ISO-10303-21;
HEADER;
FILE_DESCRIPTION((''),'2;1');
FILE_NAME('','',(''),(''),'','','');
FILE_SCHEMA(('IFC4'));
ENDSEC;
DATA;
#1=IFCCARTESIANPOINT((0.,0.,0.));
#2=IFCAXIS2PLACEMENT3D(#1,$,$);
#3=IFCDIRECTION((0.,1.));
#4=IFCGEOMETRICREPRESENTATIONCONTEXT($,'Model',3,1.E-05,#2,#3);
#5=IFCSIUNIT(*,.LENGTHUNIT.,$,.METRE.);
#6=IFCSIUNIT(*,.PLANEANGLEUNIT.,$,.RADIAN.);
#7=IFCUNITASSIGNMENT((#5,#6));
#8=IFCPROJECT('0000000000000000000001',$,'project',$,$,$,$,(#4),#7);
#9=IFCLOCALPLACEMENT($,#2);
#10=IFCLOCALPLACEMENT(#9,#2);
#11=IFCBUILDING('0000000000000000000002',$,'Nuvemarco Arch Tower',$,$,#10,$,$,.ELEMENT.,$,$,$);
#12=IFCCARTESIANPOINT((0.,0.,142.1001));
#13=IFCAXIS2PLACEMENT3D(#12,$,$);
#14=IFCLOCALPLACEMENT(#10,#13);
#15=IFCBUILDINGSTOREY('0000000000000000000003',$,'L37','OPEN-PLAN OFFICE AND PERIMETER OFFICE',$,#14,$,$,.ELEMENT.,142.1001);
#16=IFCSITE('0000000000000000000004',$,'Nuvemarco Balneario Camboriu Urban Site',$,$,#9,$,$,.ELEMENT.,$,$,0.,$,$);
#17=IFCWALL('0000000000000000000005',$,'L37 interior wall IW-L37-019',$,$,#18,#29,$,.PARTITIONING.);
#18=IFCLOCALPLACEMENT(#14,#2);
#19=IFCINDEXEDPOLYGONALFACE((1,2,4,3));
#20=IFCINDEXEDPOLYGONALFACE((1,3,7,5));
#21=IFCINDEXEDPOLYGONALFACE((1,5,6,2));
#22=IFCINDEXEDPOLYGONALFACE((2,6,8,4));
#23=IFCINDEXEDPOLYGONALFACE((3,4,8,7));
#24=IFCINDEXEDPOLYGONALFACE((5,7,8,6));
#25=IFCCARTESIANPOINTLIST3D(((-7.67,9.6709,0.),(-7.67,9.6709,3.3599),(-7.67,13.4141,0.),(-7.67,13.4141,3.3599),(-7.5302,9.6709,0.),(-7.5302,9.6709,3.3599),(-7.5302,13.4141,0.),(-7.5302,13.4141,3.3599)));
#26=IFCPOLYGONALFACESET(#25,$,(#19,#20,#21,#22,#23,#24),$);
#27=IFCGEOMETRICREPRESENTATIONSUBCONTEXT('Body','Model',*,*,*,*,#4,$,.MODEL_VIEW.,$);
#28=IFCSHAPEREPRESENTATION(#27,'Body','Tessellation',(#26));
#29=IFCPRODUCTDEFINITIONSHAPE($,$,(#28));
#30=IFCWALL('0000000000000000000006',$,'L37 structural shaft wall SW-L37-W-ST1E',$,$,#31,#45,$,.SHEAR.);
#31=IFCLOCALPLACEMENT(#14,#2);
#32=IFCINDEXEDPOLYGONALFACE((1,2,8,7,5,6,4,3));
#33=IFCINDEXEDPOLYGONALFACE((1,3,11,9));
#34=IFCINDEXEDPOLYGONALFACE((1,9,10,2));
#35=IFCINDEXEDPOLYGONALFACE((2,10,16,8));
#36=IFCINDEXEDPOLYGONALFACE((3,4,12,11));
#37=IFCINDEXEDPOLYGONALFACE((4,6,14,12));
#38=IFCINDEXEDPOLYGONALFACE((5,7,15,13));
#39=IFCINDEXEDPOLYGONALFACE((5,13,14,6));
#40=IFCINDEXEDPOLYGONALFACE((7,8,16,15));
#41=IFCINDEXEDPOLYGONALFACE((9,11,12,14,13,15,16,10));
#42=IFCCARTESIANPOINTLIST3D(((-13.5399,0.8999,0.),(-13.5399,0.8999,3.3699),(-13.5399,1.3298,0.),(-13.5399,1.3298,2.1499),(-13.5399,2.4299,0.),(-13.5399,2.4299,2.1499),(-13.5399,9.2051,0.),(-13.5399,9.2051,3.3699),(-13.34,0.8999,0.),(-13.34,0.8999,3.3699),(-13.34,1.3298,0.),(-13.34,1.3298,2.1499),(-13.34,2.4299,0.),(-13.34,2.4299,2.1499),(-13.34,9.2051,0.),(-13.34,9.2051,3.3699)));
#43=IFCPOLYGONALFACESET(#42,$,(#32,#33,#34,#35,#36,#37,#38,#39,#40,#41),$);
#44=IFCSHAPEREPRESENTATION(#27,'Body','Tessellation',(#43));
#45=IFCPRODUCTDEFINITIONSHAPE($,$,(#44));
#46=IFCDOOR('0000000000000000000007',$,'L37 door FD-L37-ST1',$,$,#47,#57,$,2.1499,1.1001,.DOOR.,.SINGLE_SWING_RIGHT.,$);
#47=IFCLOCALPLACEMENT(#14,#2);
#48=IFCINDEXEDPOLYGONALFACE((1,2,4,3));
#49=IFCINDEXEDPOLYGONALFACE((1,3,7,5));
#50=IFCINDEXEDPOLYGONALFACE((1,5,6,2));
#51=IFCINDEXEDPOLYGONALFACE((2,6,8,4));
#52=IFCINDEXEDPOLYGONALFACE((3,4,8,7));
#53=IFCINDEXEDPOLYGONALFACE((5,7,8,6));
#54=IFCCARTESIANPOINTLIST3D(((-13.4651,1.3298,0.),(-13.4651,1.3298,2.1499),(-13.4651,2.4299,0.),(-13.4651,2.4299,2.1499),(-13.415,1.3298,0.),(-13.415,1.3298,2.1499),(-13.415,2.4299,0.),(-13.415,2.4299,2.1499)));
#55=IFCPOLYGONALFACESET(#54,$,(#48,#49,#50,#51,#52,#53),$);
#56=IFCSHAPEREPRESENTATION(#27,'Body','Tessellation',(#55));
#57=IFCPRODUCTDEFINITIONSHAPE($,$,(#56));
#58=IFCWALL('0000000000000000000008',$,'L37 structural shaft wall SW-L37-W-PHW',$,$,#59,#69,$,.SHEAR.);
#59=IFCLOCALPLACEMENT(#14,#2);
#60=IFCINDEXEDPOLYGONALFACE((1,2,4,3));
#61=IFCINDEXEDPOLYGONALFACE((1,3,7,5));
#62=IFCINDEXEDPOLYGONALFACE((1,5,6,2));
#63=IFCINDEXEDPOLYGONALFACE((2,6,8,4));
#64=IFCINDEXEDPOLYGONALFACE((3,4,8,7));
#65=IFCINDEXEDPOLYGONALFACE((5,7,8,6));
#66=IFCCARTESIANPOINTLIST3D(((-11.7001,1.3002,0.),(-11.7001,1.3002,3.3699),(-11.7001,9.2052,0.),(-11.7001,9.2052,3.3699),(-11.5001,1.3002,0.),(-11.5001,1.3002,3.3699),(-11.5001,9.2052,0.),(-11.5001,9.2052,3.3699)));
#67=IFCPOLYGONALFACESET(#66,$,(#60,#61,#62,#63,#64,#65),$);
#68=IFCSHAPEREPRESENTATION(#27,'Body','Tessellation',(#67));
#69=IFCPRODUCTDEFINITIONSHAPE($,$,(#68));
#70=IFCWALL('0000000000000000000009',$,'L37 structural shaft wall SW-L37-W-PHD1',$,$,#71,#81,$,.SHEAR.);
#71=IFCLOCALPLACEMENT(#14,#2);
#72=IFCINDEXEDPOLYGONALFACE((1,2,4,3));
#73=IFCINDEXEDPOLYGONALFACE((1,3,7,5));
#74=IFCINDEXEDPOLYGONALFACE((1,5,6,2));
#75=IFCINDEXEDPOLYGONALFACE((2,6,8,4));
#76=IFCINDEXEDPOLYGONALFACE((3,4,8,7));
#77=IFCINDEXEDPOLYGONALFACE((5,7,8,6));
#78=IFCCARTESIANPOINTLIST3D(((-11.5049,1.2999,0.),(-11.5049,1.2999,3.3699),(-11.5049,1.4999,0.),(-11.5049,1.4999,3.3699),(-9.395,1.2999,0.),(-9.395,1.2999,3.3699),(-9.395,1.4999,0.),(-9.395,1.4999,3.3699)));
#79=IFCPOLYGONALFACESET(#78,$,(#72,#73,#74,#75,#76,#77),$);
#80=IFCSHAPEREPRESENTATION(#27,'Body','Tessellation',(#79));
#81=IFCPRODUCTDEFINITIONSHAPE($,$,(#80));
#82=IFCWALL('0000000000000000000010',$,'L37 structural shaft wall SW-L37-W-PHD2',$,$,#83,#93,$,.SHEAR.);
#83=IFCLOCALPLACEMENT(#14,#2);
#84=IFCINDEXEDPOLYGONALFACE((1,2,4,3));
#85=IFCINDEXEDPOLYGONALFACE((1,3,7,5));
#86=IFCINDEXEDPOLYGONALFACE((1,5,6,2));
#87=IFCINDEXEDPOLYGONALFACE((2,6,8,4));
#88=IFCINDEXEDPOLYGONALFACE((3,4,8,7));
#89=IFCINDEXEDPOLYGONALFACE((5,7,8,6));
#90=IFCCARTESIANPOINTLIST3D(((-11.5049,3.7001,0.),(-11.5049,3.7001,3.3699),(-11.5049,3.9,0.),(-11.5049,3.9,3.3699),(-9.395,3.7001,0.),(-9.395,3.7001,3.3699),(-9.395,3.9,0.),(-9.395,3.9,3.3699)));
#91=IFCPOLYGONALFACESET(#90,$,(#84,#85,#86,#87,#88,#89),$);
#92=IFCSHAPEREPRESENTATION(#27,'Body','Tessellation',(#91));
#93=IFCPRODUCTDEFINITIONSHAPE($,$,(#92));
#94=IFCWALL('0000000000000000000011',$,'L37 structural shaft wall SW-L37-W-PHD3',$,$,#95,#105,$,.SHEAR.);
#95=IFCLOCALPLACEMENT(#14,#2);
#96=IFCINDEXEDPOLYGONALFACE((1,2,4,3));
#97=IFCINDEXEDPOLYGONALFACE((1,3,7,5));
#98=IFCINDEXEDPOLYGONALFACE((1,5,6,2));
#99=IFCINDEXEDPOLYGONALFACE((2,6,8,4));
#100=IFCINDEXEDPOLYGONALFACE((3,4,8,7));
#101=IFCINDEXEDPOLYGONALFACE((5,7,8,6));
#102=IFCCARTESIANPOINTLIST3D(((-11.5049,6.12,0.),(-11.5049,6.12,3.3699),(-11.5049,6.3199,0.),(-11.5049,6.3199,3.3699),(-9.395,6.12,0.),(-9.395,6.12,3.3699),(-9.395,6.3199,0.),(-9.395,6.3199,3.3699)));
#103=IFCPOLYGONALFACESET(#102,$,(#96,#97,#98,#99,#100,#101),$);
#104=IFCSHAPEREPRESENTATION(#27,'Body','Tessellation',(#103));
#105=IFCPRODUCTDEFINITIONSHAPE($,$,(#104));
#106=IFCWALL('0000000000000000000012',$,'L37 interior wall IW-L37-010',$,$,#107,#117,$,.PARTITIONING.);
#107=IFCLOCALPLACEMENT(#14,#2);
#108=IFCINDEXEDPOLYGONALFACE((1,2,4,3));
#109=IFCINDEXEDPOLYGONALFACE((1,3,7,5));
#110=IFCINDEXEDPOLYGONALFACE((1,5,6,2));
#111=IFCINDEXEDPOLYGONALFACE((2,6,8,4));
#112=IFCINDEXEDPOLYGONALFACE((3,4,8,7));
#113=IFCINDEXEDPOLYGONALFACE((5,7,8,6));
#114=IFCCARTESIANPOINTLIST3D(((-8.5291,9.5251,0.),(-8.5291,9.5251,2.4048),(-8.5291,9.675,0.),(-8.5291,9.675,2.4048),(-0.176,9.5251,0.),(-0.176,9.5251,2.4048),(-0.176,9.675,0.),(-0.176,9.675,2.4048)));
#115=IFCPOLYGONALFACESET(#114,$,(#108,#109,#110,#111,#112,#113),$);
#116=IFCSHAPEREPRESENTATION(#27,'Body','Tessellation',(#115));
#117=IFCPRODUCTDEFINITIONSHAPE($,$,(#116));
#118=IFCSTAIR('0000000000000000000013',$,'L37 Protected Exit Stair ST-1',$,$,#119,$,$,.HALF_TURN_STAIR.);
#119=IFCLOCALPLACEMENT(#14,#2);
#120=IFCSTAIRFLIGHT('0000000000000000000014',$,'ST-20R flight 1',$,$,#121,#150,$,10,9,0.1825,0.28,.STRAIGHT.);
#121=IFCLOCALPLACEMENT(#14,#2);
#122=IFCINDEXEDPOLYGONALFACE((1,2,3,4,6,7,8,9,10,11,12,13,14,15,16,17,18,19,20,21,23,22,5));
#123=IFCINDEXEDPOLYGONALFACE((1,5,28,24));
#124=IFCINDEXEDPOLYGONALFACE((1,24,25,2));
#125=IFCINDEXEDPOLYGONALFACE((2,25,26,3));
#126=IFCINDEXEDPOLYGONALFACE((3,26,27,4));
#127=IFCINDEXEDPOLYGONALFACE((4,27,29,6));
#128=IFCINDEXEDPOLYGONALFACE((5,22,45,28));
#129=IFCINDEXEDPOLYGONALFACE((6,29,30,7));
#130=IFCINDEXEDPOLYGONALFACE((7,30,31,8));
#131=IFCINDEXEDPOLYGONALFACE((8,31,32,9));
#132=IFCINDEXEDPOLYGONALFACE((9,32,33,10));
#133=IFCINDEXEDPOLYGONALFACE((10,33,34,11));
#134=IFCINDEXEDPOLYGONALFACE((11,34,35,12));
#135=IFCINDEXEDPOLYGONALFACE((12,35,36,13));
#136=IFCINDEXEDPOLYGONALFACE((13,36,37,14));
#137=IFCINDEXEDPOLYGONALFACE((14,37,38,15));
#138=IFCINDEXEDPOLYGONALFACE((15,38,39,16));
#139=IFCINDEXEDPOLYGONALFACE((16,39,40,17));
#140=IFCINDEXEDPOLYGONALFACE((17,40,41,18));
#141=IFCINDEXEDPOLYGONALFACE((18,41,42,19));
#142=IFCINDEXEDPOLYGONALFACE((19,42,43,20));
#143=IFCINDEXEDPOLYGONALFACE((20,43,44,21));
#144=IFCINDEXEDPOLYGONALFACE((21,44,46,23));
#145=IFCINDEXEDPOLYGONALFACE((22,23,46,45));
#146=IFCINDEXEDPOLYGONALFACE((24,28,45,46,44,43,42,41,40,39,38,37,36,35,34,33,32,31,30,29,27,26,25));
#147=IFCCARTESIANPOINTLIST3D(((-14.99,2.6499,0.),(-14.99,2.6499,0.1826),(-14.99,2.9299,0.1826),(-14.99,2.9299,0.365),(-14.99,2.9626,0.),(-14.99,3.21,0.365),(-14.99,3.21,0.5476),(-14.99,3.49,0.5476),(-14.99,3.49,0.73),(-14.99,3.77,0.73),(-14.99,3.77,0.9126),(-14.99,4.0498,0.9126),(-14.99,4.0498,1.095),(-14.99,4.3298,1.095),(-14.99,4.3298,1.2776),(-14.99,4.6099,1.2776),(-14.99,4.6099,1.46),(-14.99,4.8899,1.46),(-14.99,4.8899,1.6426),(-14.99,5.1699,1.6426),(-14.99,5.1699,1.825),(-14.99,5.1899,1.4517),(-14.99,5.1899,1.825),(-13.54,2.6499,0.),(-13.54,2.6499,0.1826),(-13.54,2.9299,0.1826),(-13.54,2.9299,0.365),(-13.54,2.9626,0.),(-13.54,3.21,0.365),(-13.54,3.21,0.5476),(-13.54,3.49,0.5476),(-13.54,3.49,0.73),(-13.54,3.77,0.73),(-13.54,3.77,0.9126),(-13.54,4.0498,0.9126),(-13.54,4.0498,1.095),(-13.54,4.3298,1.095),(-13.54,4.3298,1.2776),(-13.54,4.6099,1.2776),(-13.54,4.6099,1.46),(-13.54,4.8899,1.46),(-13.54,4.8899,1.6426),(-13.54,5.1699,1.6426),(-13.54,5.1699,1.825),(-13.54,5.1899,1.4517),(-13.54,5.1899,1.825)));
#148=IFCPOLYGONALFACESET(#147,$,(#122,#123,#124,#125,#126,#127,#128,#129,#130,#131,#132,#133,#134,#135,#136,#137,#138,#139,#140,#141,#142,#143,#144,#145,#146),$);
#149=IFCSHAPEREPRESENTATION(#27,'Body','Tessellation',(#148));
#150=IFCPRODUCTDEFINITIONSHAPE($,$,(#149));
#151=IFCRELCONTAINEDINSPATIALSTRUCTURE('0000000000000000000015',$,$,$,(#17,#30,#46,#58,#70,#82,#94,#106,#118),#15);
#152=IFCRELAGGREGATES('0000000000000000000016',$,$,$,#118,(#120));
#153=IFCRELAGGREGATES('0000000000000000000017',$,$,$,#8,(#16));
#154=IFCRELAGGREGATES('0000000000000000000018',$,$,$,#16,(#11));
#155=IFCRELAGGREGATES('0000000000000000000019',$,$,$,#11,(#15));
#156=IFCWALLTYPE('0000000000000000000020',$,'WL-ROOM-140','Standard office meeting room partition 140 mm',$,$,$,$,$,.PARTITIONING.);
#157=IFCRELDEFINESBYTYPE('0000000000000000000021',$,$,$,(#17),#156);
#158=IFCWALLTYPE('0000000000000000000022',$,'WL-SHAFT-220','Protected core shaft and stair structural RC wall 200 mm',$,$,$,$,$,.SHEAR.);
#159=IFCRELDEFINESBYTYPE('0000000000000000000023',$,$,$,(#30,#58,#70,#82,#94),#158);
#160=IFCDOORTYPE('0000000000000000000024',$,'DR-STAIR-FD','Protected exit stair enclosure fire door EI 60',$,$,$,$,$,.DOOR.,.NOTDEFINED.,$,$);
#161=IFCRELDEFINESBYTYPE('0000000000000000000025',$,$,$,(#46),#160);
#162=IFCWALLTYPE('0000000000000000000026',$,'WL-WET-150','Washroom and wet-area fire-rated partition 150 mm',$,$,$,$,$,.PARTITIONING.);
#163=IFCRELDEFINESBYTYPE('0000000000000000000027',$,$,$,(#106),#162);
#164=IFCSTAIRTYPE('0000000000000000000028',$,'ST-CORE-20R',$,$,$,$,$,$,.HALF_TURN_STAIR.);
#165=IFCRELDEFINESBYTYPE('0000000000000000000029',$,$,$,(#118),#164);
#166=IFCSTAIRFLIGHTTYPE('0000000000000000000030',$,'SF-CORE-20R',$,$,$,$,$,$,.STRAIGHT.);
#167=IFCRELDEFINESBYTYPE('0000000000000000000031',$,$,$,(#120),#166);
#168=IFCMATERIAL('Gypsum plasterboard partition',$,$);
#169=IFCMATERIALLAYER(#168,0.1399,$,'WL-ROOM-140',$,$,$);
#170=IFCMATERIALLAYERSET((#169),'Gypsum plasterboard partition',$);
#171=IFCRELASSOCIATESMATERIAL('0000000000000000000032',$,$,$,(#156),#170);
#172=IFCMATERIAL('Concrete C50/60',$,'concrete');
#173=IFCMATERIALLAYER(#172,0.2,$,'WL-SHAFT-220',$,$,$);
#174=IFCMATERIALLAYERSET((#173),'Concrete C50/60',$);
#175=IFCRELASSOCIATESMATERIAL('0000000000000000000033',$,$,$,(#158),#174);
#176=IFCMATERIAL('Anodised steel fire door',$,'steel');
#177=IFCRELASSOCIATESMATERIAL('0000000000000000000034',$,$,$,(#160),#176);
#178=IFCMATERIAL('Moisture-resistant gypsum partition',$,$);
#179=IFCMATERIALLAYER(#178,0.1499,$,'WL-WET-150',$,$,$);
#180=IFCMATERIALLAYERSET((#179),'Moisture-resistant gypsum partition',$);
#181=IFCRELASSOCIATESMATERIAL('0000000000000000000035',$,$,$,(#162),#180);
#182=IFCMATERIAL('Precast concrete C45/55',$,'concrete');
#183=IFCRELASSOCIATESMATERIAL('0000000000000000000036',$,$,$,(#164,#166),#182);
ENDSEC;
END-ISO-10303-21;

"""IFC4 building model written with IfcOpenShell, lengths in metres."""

from ifc_helpers import new_model, si_unit, direction, frame, frame_2d, origin, place, context, subcontext, project, spatial, polyline, rectangle, outline, extrude, source, transform, mapped, material, layer, layer_set, type_object, type_shapes, element, fill, aggregate, save


model = new_model("IFC4")

# Units and contexts
model_context = context("Model", 3, precision=1e-05, world=origin(), true_north=direction((0.0, 1.0)))
body_context = subcontext(model_context, "Body", "Model", "MODEL_VIEW")
ifc_project = project(units=[si_unit("LENGTHUNIT", "METRE"), si_unit("PLANEANGLEUNIT", "RADIAN")], contexts=[model_context])

# Site, building, storey
site_placement = place(None, origin())
site = spatial("IfcSite", under=ifc_project, at=site_placement, Name="Nuvemarco Balneario Camboriu Urban Site", CompositionType="ELEMENT", RefElevation=0.0)
building_placement = place(site_placement, origin())
building = spatial("IfcBuilding", under=site, at=building_placement, Name="Nuvemarco Arch Tower", CompositionType="ELEMENT")
storey_placement = place(building_placement, frame((0.0, 0.0, 142.1001)))
storey = spatial("IfcBuildingStorey", under=building, at=storey_placement, Name="L37", Description="OPEN-PLAN OFFICE AND PERIMETER OFFICE", CompositionType="ELEMENT", Elevation=142.1001)

# Shared definitions
ifc_material_1 = material(Name="Concrete C50/60", Category="concrete")

# Shared definitions
ifc_material_2 = material(Name="Precast concrete C45/55", Category="concrete")

# Wall
ifc_material_3 = material(Name="Gypsum plasterboard partition")
ifc_layer_1 = layer(ifc_material_3, 0.1399, Name="WL-ROOM-140")
ifc_layer_set_1 = layer_set([ifc_layer_1], Name="Gypsum plasterboard partition")
wall_type_1 = type_object("IfcWallType", Name="WL-ROOM-140", Description="Standard office meeting room partition 140 mm", PredefinedType="PARTITIONING", material=ifc_layer_set_1)
wall_1_placement = place(storey_placement, frame((-7.6001, 9.6709, 0.0), z_axis=(0.0, 0.0, 1.0), x_axis=(0.0, 1.0, 0.0)))
element("IfcWall", 1, at=wall_1_placement, inside=storey, type_object=wall_type_1, Name="L37 interior wall IW-L37-019", PredefinedType="PARTITIONING", context=body_context, shape_type="SweptSolid", body=[
    extrude(rectangle(XDim=3.7432, YDim=0.1399, at=frame_2d((1.8716, 0.0))), origin(), (0.0, 0.0, 1.0), 3.3599),
])

# Wall, opening, door
ifc_layer_2 = layer(ifc_material_1, 0.2, Name="WL-SHAFT-220")
ifc_layer_set_2 = layer_set([ifc_layer_2], Name="Concrete C50/60")
wall_type_2 = type_object("IfcWallType", Name="WL-SHAFT-220", Description="Protected core shaft and stair structural RC wall 200 mm", PredefinedType="SHEAR", material=ifc_layer_set_2)
wall_2_placement = place(storey_placement, frame((-13.4399, 0.8999, 0.0), z_axis=(0.0, 0.0, 1.0), x_axis=(0.0, 1.0, 0.0)))
wall_2 = element("IfcWall", 2, at=wall_2_placement, inside=storey, type_object=wall_type_2, Name="L37 structural shaft wall SW-L37-W-ST1E", PredefinedType="SHEAR", context=body_context, shape_type="SweptSolid", body=[
    extrude(rectangle(XDim=8.3052, YDim=0.2, at=frame_2d((4.1526, 0.0))), origin(), (0.0, 0.0, 1.0), 3.3699),
])
opening_1_placement = place(wall_2_placement, frame((1.53, 0.0, 0.0), z_axis=(0.0, 0.0, 1.0), x_axis=(-1.0, 0.0, 0.0)))
opening_1 = element("IfcOpeningElement", 3, at=opening_1_placement, cuts=wall_2, PredefinedType="OPENING", context=body_context, shape_type="SweptSolid", body=[
    extrude(rectangle(XDim=1.1001, YDim=2.1499, at=frame_2d((0.55, 1.075))), frame((0.0, 0.1099, 0.0), z_axis=(0.0, -1.0, 0.0), x_axis=(1.0, 0.0, 0.0)), (0.0, 0.0, 1.0), 0.22),
])
ifc_material_4 = material(Name="Anodised steel fire door", Category="steel")
door_type_1 = type_object("IfcDoorType", Name="DR-STAIR-FD", Description="Protected exit stair enclosure fire door EI 60", OperationType="NOTDEFINED", PredefinedType="DOOR", material=ifc_material_4)
shared_shape_1 = source(origin(), body_context, "Body", "SweptSolid", [
    extrude(rectangle(XDim=1.1001, YDim=2.1499, at=frame_2d((0.55, 1.075))), frame((0.0, 0.0249, 0.0), z_axis=(0.0, -1.0, 0.0), x_axis=(1.0, 0.0, 0.0)), (0.0, 0.0, 1.0), 0.05),
])
type_shapes(door_type_1, [shared_shape_1])
door_1_placement = place(opening_1_placement, origin())
door_1 = element("IfcDoor", 4, at=door_1_placement, inside=storey, type_object=door_type_1, Name="L37 door FD-L37-ST1", OperationType="SINGLE_SWING_RIGHT", OverallHeight=2.1499, OverallWidth=1.1001, PredefinedType="DOOR", context=body_context, shape_type="MappedRepresentation", body=[
    mapped(shared_shape_1, transform((0.0, 0.0, 0.0), scale=1.0)),
])
fill(opening_1, door_1)

# Walls
wall_3_placement = place(storey_placement, frame((-11.6001, 1.3, 0.0), z_axis=(0.0, 0.0, 1.0), x_axis=(0.0, 1.0, 0.0)))
element("IfcWall", 5, at=wall_3_placement, inside=storey, type_object=wall_type_2, Name="L37 structural shaft wall SW-L37-W-PHW", PredefinedType="SHEAR", context=body_context, shape_type="SweptSolid", body=[
    extrude(rectangle(XDim=7.905, YDim=0.2, at=frame_2d((3.9526, 0.0))), origin(), (0.0, 0.0, 1.0), 3.3699),
])
for number, where, z_axis, x_axis, name in (
    (6, (-11.5049, 1.3999, 0.0), (0.0, 0.0, 1.0), (1.0, 0.0, 0.0), "L37 structural shaft wall SW-L37-W-PHD1"),
    (7, (-11.5049, 3.8, 0.0), (0.0, 0.0, 1.0), (1.0, 0.0, 0.0), "L37 structural shaft wall SW-L37-W-PHD2"),
    (8, (-11.5049, 6.22, 0.0), (0.0, 0.0, 1.0), (1.0, 0.0, 0.0), "L37 structural shaft wall SW-L37-W-PHD3"),
):
    element("IfcWall", number, at=place(storey_placement, frame(where, z_axis=z_axis, x_axis=x_axis)), inside=storey, type_object=wall_type_2, Name=name, PredefinedType="SHEAR", context=body_context, shape_type="SweptSolid", body=[
        extrude(rectangle(XDim=2.1099, YDim=0.2, at=frame_2d((1.0549, 0.0))), origin(), (0.0, 0.0, 1.0), 3.3699),
    ])
ifc_material_5 = material(Name="Moisture-resistant gypsum partition")
ifc_layer_3 = layer(ifc_material_5, 0.1499, Name="WL-WET-150")
ifc_layer_set_3 = layer_set([ifc_layer_3], Name="Moisture-resistant gypsum partition")
wall_type_3 = type_object("IfcWallType", Name="WL-WET-150", Description="Washroom and wet-area fire-rated partition 150 mm", PredefinedType="PARTITIONING", material=ifc_layer_set_3)
wall_4_placement = place(storey_placement, frame((-8.5291, 9.6001, 0.0), z_axis=(0.0, 0.0, 1.0), x_axis=(1.0, 0.0, 0.0)))
element("IfcWall", 9, at=wall_4_placement, inside=storey, type_object=wall_type_3, Name="L37 interior wall IW-L37-010", PredefinedType="PARTITIONING", context=body_context, shape_type="SweptSolid", body=[
    extrude(rectangle(XDim=8.353, YDim=0.1499, at=frame_2d((4.1765, 0.0))), origin(), (0.0, 0.0, 1.0), 2.4048),
])

# Stair, stair flight
stair_type = type_object("IfcStairType", Name="ST-CORE-20R", PredefinedType="HALF_TURN_STAIR", material=ifc_material_2)
stair_placement = place(storey_placement, origin())
stair = element("IfcStair", 10, at=stair_placement, inside=storey, type_object=stair_type, Name="L37 Protected Exit Stair ST-1", PredefinedType="HALF_TURN_STAIR")
stair_flight_type = type_object("IfcStairFlightType", Name="SF-CORE-20R", PredefinedType="STRAIGHT", material=ifc_material_2)
stair_flight_placement = place(storey_placement, frame((-14.2649, 2.6499, 0.0), z_axis=(0.0, 0.0, 1.0), x_axis=(0.0, 1.0, 0.0)))
stair_flight = element("IfcStairFlight", 11, at=stair_flight_placement, type_object=stair_flight_type, Name="ST-20R flight 1", NumberOfRisers=10, NumberOfTreads=9, PredefinedType="STRAIGHT", RiserHeight=0.1825, TreadLength=0.28, context=body_context, shape_type="SweptSolid", body=[
    extrude(outline(polyline([(0.0, 0.0), (0.0, 0.1826), (0.28, 0.1826), (0.28, 0.365), (0.5601, 0.365), (0.5601, 0.5476), (0.8401, 0.5476), (0.8401, 0.73), (1.1201, 0.73), (1.1201, 0.9126), (1.3999, 0.9126), (1.3999, 1.095), (1.6799, 1.095), (1.6799, 1.2776), (1.96, 1.2776), (1.96, 1.46), (2.24, 1.46), (2.24, 1.6426), (2.52, 1.6426), (2.52, 1.825), (2.54, 1.825), (2.54, 1.4517), (0.3127, 0.0), (0.0, 0.0)])), frame((0.0, 0.7251, 0.0), z_axis=(0.0, -1.0, 0.0), x_axis=(1.0, 0.0, 0.0)), (0.0, 0.0, 1.0), 1.45),
])
aggregate(stair, [stair_flight])

save(model, "model.ifc")
